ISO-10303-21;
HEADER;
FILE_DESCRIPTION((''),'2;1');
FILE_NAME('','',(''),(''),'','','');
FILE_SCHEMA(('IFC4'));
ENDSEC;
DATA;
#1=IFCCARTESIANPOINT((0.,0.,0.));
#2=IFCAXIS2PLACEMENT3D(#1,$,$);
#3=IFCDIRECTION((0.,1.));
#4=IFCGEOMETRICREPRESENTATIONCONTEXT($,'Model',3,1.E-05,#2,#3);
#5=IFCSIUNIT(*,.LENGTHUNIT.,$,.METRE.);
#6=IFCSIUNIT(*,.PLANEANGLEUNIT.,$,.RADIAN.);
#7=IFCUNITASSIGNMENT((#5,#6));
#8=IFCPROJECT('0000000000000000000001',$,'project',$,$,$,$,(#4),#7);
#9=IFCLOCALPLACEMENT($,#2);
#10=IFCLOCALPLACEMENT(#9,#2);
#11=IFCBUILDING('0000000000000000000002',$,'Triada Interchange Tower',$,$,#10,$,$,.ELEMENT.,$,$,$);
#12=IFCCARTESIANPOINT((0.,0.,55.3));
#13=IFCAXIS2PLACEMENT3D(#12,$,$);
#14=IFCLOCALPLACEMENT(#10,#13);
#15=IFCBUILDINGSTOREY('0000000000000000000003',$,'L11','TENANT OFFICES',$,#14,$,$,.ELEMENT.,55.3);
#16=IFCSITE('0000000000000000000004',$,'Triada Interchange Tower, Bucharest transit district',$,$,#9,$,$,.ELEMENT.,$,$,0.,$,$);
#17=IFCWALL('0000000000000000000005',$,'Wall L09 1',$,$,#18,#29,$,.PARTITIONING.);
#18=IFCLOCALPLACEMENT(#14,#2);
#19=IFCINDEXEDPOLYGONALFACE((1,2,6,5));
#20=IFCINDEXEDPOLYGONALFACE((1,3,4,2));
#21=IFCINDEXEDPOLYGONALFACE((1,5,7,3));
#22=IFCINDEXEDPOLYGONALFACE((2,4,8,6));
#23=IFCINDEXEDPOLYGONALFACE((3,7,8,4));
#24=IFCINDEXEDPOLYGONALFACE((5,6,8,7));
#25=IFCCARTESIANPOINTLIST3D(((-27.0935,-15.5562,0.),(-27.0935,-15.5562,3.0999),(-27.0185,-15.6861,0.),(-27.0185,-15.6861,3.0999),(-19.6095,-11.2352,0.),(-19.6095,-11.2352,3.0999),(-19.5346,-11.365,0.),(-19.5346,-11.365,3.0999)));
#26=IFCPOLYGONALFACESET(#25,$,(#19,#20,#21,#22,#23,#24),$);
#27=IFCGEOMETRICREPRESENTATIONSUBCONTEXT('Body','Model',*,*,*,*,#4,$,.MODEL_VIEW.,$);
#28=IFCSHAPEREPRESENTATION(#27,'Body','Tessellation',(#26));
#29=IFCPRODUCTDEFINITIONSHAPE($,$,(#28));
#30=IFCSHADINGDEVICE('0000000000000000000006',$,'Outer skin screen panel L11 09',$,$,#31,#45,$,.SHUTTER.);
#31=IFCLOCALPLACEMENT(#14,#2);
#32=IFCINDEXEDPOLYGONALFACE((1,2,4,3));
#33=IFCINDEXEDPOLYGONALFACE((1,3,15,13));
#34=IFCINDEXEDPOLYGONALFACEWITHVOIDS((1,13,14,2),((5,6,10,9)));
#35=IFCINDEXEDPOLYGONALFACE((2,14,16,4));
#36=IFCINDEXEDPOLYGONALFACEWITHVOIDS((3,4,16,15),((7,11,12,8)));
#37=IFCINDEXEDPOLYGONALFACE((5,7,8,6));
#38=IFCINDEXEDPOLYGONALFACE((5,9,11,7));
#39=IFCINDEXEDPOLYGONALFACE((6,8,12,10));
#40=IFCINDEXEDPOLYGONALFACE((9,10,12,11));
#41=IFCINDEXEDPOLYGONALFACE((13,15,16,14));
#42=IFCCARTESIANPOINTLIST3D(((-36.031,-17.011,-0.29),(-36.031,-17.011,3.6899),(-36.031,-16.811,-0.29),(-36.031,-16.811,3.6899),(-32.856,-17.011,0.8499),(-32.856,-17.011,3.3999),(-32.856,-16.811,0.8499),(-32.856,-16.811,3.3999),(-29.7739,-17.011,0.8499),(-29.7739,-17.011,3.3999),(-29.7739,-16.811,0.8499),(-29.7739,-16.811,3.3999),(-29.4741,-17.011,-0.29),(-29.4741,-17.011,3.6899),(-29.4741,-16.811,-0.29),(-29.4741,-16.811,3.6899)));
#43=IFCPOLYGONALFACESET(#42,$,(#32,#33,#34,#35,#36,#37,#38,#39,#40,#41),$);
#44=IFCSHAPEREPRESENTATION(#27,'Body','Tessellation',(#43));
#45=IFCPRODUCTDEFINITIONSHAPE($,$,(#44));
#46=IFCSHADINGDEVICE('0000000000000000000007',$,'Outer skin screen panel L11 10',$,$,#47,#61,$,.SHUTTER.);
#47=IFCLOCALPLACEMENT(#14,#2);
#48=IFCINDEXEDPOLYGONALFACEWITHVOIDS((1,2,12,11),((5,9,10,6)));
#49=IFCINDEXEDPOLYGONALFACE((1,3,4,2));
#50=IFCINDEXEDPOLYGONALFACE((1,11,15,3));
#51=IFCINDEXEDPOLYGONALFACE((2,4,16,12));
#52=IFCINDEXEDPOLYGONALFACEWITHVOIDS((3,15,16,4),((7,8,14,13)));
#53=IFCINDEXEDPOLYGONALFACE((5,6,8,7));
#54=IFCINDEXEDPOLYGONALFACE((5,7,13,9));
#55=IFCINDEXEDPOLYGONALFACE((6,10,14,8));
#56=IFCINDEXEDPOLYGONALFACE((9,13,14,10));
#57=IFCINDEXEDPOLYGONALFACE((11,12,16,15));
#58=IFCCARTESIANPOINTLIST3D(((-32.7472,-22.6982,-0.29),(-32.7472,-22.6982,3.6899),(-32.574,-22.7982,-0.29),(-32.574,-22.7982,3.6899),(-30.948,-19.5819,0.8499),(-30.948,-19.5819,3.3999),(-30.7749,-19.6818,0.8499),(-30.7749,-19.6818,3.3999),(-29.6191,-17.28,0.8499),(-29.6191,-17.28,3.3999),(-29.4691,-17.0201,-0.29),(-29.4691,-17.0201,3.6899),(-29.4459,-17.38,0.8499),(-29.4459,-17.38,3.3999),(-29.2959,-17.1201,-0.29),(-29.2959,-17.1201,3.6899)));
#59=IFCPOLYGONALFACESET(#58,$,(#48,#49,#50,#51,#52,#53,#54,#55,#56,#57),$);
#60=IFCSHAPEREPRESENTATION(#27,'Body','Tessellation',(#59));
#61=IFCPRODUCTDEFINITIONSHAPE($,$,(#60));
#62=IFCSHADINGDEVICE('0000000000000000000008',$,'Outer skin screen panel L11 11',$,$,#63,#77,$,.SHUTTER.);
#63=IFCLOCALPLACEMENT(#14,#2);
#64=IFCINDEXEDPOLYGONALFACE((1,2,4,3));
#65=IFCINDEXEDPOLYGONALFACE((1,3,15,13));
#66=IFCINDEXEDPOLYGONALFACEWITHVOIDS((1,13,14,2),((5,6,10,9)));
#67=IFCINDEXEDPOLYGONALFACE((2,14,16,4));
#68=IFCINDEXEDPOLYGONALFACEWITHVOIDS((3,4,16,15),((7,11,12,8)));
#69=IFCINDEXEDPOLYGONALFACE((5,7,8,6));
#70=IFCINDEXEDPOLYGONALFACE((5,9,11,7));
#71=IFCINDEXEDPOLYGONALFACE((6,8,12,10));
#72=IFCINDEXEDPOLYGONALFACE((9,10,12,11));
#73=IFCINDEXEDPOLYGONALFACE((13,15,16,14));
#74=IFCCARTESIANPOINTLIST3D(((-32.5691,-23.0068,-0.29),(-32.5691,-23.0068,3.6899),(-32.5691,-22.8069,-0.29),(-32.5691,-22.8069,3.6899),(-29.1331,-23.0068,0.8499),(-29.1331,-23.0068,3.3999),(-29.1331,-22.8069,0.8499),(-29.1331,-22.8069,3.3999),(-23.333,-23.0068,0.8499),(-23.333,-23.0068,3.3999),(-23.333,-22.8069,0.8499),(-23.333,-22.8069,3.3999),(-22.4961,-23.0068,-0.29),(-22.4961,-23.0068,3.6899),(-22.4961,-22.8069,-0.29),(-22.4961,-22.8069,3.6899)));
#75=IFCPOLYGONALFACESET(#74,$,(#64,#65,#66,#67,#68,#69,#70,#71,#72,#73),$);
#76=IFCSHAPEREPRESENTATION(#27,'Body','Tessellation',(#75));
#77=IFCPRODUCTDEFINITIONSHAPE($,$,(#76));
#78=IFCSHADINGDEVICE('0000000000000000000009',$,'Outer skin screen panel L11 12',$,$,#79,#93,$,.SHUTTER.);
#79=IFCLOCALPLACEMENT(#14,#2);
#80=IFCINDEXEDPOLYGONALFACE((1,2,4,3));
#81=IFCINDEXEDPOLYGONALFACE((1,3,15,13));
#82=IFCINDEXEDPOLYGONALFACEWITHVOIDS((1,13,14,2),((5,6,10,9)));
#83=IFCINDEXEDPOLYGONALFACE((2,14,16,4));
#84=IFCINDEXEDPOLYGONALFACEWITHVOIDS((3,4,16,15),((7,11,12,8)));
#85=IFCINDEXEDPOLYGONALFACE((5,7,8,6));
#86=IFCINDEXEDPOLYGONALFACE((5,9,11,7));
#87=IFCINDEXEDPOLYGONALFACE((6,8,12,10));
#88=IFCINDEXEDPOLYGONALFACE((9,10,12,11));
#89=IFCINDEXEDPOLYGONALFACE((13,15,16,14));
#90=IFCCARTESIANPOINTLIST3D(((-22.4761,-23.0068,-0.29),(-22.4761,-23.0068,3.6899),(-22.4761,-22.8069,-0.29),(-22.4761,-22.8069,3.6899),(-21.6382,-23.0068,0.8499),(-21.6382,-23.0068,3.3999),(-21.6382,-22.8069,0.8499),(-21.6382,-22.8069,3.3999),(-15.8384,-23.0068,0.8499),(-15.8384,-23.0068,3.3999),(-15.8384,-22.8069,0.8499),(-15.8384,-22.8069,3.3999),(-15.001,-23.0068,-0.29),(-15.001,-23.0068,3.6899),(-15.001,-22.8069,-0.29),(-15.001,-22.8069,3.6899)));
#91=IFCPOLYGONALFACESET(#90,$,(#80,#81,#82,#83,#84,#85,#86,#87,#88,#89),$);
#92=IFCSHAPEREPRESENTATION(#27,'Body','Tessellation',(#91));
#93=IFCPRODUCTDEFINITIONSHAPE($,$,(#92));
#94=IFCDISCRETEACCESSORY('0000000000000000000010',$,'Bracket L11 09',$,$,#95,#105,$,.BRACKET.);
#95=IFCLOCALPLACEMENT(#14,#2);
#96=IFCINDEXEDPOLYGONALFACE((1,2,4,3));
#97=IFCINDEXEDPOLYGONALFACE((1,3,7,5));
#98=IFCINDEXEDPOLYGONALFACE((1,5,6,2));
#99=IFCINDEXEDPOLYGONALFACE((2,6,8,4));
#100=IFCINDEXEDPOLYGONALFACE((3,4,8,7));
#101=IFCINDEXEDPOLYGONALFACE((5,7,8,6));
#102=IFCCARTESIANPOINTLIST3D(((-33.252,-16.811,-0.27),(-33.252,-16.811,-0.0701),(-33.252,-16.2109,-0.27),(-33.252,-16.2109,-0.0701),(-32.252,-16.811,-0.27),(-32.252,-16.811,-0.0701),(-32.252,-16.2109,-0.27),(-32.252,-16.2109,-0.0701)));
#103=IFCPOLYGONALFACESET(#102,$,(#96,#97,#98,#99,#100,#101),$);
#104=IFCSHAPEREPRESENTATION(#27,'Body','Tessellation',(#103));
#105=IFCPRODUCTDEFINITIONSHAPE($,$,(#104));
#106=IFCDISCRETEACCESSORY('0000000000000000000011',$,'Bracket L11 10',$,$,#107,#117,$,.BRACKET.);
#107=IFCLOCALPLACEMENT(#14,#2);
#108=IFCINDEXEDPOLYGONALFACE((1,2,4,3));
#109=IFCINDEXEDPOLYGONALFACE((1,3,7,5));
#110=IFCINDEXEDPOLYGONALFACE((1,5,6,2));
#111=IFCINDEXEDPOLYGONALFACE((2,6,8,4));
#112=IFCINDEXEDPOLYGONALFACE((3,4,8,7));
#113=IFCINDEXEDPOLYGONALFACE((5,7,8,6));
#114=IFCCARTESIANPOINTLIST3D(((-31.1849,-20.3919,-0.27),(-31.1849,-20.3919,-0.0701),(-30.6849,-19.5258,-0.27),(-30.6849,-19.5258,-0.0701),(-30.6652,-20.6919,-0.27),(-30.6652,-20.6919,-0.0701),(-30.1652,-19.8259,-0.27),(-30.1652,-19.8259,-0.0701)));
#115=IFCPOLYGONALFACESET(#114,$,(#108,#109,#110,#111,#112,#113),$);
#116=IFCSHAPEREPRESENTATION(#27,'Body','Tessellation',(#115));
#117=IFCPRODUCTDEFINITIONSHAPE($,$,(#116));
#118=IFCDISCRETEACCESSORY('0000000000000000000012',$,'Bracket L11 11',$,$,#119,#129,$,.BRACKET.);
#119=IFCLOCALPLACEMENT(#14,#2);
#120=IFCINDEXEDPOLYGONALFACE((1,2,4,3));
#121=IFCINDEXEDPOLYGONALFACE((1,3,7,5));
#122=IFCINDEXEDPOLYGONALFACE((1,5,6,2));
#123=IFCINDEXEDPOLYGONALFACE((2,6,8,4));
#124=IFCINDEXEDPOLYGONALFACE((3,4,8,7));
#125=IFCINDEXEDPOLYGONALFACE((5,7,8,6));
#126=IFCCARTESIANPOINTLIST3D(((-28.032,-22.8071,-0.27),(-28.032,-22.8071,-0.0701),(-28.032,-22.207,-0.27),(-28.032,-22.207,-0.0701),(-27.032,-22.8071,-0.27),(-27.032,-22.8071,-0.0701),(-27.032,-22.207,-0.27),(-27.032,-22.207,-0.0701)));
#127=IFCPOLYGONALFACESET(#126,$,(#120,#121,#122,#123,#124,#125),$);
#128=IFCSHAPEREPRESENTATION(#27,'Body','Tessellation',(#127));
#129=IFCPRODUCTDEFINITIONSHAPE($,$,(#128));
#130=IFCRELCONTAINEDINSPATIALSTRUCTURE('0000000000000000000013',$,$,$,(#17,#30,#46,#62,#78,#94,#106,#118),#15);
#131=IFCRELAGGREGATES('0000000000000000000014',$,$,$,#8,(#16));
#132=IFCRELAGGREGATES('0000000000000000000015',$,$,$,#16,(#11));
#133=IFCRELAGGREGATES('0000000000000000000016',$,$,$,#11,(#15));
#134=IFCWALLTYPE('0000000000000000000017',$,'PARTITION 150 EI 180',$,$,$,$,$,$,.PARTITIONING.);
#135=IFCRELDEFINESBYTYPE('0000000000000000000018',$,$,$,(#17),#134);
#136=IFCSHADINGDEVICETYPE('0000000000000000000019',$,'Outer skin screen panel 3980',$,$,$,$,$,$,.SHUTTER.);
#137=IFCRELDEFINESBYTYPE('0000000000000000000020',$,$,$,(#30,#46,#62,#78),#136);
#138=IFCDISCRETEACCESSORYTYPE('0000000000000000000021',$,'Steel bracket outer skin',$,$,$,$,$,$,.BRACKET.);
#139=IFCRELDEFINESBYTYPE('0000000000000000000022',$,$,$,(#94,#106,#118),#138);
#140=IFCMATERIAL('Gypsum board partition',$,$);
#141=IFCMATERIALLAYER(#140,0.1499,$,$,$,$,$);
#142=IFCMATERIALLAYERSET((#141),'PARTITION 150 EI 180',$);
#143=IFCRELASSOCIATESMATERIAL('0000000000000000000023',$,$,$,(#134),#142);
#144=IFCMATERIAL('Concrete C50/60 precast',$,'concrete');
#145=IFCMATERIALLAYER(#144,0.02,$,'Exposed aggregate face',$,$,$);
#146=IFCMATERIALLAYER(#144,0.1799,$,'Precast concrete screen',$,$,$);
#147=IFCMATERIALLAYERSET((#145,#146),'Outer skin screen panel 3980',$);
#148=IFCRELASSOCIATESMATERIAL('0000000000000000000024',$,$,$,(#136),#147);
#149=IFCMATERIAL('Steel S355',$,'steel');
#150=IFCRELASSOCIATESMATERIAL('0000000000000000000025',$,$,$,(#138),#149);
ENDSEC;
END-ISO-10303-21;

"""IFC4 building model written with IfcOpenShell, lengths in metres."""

from ifc_helpers import new_model, si_unit, direction, frame, frame_2d, origin, origin_2d, place, context, subcontext, project, spatial, polyline, rectangle, outline, extrude, material, layer, layer_set, type_object, element, save


model = new_model("IFC4")

# Units and contexts
model_context = context("Model", 3, precision=1e-05, world=origin(), true_north=direction((0.0, 1.0)))
body_context = subcontext(model_context, "Body", "Model", "MODEL_VIEW")
ifc_project = project(units=[si_unit("LENGTHUNIT", "METRE"), si_unit("PLANEANGLEUNIT", "RADIAN")], contexts=[model_context])

# Site, building, storey
site_placement = place(None, origin())
site = spatial("IfcSite", under=ifc_project, at=site_placement, Name="Triada Interchange Tower, Bucharest transit district", CompositionType="ELEMENT", RefElevation=0.0)
building_placement = place(site_placement, origin())
building = spatial("IfcBuilding", under=site, at=building_placement, Name="Triada Interchange Tower", CompositionType="ELEMENT")
storey_placement = place(building_placement, frame((0.0, 0.0, 55.3)))
storey = spatial("IfcBuildingStorey", under=building, at=storey_placement, Name="L11", Description="TENANT OFFICES", CompositionType="ELEMENT", Elevation=55.3)

# Wall
ifc_material_1 = material(Name="Gypsum board partition")
ifc_layer_1 = layer(ifc_material_1, 0.1499)
ifc_layer_set_1 = layer_set([ifc_layer_1], Name="PARTITION 150 EI 180")
wall_type_1 = type_object("IfcWallType", Name="PARTITION 150 EI 180", PredefinedType="PARTITIONING", material=ifc_layer_set_1)
wall_1_placement = place(storey_placement, frame((-27.0559, -15.6211, 0.0), z_axis=(0.0, 0.0, 1.0), x_axis=(0.866014, 0.500019, 0.0)))
element("IfcWall", 1, at=wall_1_placement, inside=storey, type_object=wall_type_1, Name="Wall L09 1", PredefinedType="PARTITIONING", context=body_context, shape_type="SweptSolid", body=[
    extrude(rectangle(XDim=8.6418, YDim=0.1499, at=frame_2d((4.3208, 0.0))), origin(), (0.0, 0.0, 1.0), 3.0999),
])

# Shading devices
ifc_material_2 = material(Name="Concrete C50/60 precast", Category="concrete")
ifc_layer_2 = layer(ifc_material_2, 0.02, Name="Exposed aggregate face")
ifc_layer_3 = layer(ifc_material_2, 0.1799, Name="Precast concrete screen")
ifc_layer_set_2 = layer_set([ifc_layer_2, ifc_layer_3], Name="Outer skin screen panel 3980")
shading_device_type = type_object("IfcShadingDeviceType", Name="Outer skin screen panel 3980", PredefinedType="SHUTTER", material=ifc_layer_set_2)
shading_device_1_placement = place(storey_placement, frame((-36.031, -16.811, -0.29), z_axis=(0.0, 0.0, 1.0), x_axis=(1.0, 0.0, 0.0)))
element("IfcShadingDevice", 2, at=shading_device_1_placement, inside=storey, type_object=shading_device_type, Name="Outer skin screen panel L11 09", PredefinedType="SHUTTER", context=body_context, shape_type="SweptSolid", body=[
    extrude(outline(polyline([(0.0, 0.0), (6.5569, 0.0), (6.5569, 3.98), (0.0, 3.98), (0.0, 0.0)]), holes=[polyline([(3.175, 1.1399), (3.175, 3.6899), (6.2571, 3.6899), (6.2571, 1.1399), (3.175, 1.1399)])]), frame((0.0, 0.0, 0.0), z_axis=(0.0, -1.0, 0.0), x_axis=(1.0, 0.0, 0.0)), (0.0, 0.0, 1.0), 0.2),
])
shading_device_2_placement = place(storey_placement, frame((-29.2959, -17.1201, -0.29), z_axis=(0.0, 0.0, 1.0), x_axis=(-0.499988, -0.866032, 0.0)))
element("IfcShadingDevice", 3, at=shading_device_2_placement, inside=storey, type_object=shading_device_type, Name="Outer skin screen panel L11 10", PredefinedType="SHUTTER", context=body_context, shape_type="SweptSolid", body=[
    extrude(outline(polyline([(0.0, 0.0), (6.5564, 0.0), (6.5564, 3.98), (0.0, 3.98), (0.0, 0.0)]), holes=[polyline([(0.3, 1.1399), (0.3, 3.6899), (2.958, 3.6899), (2.958, 1.1399), (0.3, 1.1399)])]), frame((0.0, 0.0, 0.0), z_axis=(0.0, -1.0, 0.0), x_axis=(1.0, 0.0, 0.0)), (0.0, 0.0, 1.0), 0.2),
])
shading_device_3_placement = place(storey_placement, frame((-32.5691, -22.8069, -0.29), z_axis=(0.0, 0.0, 1.0), x_axis=(1.0, 0.0, 0.0)))
element("IfcShadingDevice", 4, at=shading_device_3_placement, inside=storey, type_object=shading_device_type, Name="Outer skin screen panel L11 11", PredefinedType="SHUTTER", context=body_context, shape_type="SweptSolid", body=[
    extrude(outline(polyline([(0.0, 0.0), (10.073, 0.0), (10.073, 3.98), (0.0, 3.98), (0.0, 0.0)]), holes=[polyline([(3.436, 1.1399), (3.436, 3.6899), (9.2361, 3.6899), (9.2361, 1.1399), (3.436, 1.1399)])]), frame((0.0, 0.0, 0.0), z_axis=(0.0, -1.0, 0.0), x_axis=(1.0, 0.0, 0.0)), (0.0, 0.0, 1.0), 0.2),
])
shading_device_4_placement = place(storey_placement, frame((-22.4761, -22.8069, -0.29), z_axis=(0.0, 0.0, 1.0), x_axis=(1.0, 0.0, 0.0)))
element("IfcShadingDevice", 5, at=shading_device_4_placement, inside=storey, type_object=shading_device_type, Name="Outer skin screen panel L11 12", PredefinedType="SHUTTER", context=body_context, shape_type="SweptSolid", body=[
    extrude(outline(polyline([(0.0, 0.0), (7.4751, 0.0), (7.4751, 3.98), (0.0, 3.98), (0.0, 0.0)]), holes=[polyline([(0.8379, 1.1399), (0.8379, 3.6899), (6.6377, 3.6899), (6.6377, 1.1399), (0.8379, 1.1399)])]), frame((0.0, 0.0, 0.0), z_axis=(0.0, -1.0, 0.0), x_axis=(1.0, 0.0, 0.0)), (0.0, 0.0, 1.0), 0.2),
])

# Discrete accessories
ifc_material_3 = material(Name="Steel S355", Category="steel")
discrete_accessory_type = type_object("IfcDiscreteAccessoryType", Name="Steel bracket outer skin", PredefinedType="BRACKET", material=ifc_material_3)
for number, where, z_axis, x_axis, name in (
    (6, (-32.752, -16.511, -0.27), (0.0, 0.0, 1.0), (0.0, -1.0, 0.0), "Bracket L11 09"),
    (7, (-30.675, -20.1089, -0.27), (0.0, 0.0, 1.0), (-0.866012, 0.500023, 0.0), "Bracket L11 10"),
    (8, (-27.532, -22.5071, -0.27), (0.0, 0.0, 1.0), (0.0, -1.0, 0.0), "Bracket L11 11"),
):
    element("IfcDiscreteAccessory", number, at=place(storey_placement, frame(where, z_axis=z_axis, x_axis=x_axis)), inside=storey, type_object=discrete_accessory_type, Name=name, PredefinedType="BRACKET", context=body_context, shape_type="SweptSolid", body=[
        extrude(rectangle(XDim=0.6001, YDim=1.0, at=origin_2d()), origin(), (0.0, 0.0, 1.0), 0.2),
    ])

save(model, "model.ifc")
